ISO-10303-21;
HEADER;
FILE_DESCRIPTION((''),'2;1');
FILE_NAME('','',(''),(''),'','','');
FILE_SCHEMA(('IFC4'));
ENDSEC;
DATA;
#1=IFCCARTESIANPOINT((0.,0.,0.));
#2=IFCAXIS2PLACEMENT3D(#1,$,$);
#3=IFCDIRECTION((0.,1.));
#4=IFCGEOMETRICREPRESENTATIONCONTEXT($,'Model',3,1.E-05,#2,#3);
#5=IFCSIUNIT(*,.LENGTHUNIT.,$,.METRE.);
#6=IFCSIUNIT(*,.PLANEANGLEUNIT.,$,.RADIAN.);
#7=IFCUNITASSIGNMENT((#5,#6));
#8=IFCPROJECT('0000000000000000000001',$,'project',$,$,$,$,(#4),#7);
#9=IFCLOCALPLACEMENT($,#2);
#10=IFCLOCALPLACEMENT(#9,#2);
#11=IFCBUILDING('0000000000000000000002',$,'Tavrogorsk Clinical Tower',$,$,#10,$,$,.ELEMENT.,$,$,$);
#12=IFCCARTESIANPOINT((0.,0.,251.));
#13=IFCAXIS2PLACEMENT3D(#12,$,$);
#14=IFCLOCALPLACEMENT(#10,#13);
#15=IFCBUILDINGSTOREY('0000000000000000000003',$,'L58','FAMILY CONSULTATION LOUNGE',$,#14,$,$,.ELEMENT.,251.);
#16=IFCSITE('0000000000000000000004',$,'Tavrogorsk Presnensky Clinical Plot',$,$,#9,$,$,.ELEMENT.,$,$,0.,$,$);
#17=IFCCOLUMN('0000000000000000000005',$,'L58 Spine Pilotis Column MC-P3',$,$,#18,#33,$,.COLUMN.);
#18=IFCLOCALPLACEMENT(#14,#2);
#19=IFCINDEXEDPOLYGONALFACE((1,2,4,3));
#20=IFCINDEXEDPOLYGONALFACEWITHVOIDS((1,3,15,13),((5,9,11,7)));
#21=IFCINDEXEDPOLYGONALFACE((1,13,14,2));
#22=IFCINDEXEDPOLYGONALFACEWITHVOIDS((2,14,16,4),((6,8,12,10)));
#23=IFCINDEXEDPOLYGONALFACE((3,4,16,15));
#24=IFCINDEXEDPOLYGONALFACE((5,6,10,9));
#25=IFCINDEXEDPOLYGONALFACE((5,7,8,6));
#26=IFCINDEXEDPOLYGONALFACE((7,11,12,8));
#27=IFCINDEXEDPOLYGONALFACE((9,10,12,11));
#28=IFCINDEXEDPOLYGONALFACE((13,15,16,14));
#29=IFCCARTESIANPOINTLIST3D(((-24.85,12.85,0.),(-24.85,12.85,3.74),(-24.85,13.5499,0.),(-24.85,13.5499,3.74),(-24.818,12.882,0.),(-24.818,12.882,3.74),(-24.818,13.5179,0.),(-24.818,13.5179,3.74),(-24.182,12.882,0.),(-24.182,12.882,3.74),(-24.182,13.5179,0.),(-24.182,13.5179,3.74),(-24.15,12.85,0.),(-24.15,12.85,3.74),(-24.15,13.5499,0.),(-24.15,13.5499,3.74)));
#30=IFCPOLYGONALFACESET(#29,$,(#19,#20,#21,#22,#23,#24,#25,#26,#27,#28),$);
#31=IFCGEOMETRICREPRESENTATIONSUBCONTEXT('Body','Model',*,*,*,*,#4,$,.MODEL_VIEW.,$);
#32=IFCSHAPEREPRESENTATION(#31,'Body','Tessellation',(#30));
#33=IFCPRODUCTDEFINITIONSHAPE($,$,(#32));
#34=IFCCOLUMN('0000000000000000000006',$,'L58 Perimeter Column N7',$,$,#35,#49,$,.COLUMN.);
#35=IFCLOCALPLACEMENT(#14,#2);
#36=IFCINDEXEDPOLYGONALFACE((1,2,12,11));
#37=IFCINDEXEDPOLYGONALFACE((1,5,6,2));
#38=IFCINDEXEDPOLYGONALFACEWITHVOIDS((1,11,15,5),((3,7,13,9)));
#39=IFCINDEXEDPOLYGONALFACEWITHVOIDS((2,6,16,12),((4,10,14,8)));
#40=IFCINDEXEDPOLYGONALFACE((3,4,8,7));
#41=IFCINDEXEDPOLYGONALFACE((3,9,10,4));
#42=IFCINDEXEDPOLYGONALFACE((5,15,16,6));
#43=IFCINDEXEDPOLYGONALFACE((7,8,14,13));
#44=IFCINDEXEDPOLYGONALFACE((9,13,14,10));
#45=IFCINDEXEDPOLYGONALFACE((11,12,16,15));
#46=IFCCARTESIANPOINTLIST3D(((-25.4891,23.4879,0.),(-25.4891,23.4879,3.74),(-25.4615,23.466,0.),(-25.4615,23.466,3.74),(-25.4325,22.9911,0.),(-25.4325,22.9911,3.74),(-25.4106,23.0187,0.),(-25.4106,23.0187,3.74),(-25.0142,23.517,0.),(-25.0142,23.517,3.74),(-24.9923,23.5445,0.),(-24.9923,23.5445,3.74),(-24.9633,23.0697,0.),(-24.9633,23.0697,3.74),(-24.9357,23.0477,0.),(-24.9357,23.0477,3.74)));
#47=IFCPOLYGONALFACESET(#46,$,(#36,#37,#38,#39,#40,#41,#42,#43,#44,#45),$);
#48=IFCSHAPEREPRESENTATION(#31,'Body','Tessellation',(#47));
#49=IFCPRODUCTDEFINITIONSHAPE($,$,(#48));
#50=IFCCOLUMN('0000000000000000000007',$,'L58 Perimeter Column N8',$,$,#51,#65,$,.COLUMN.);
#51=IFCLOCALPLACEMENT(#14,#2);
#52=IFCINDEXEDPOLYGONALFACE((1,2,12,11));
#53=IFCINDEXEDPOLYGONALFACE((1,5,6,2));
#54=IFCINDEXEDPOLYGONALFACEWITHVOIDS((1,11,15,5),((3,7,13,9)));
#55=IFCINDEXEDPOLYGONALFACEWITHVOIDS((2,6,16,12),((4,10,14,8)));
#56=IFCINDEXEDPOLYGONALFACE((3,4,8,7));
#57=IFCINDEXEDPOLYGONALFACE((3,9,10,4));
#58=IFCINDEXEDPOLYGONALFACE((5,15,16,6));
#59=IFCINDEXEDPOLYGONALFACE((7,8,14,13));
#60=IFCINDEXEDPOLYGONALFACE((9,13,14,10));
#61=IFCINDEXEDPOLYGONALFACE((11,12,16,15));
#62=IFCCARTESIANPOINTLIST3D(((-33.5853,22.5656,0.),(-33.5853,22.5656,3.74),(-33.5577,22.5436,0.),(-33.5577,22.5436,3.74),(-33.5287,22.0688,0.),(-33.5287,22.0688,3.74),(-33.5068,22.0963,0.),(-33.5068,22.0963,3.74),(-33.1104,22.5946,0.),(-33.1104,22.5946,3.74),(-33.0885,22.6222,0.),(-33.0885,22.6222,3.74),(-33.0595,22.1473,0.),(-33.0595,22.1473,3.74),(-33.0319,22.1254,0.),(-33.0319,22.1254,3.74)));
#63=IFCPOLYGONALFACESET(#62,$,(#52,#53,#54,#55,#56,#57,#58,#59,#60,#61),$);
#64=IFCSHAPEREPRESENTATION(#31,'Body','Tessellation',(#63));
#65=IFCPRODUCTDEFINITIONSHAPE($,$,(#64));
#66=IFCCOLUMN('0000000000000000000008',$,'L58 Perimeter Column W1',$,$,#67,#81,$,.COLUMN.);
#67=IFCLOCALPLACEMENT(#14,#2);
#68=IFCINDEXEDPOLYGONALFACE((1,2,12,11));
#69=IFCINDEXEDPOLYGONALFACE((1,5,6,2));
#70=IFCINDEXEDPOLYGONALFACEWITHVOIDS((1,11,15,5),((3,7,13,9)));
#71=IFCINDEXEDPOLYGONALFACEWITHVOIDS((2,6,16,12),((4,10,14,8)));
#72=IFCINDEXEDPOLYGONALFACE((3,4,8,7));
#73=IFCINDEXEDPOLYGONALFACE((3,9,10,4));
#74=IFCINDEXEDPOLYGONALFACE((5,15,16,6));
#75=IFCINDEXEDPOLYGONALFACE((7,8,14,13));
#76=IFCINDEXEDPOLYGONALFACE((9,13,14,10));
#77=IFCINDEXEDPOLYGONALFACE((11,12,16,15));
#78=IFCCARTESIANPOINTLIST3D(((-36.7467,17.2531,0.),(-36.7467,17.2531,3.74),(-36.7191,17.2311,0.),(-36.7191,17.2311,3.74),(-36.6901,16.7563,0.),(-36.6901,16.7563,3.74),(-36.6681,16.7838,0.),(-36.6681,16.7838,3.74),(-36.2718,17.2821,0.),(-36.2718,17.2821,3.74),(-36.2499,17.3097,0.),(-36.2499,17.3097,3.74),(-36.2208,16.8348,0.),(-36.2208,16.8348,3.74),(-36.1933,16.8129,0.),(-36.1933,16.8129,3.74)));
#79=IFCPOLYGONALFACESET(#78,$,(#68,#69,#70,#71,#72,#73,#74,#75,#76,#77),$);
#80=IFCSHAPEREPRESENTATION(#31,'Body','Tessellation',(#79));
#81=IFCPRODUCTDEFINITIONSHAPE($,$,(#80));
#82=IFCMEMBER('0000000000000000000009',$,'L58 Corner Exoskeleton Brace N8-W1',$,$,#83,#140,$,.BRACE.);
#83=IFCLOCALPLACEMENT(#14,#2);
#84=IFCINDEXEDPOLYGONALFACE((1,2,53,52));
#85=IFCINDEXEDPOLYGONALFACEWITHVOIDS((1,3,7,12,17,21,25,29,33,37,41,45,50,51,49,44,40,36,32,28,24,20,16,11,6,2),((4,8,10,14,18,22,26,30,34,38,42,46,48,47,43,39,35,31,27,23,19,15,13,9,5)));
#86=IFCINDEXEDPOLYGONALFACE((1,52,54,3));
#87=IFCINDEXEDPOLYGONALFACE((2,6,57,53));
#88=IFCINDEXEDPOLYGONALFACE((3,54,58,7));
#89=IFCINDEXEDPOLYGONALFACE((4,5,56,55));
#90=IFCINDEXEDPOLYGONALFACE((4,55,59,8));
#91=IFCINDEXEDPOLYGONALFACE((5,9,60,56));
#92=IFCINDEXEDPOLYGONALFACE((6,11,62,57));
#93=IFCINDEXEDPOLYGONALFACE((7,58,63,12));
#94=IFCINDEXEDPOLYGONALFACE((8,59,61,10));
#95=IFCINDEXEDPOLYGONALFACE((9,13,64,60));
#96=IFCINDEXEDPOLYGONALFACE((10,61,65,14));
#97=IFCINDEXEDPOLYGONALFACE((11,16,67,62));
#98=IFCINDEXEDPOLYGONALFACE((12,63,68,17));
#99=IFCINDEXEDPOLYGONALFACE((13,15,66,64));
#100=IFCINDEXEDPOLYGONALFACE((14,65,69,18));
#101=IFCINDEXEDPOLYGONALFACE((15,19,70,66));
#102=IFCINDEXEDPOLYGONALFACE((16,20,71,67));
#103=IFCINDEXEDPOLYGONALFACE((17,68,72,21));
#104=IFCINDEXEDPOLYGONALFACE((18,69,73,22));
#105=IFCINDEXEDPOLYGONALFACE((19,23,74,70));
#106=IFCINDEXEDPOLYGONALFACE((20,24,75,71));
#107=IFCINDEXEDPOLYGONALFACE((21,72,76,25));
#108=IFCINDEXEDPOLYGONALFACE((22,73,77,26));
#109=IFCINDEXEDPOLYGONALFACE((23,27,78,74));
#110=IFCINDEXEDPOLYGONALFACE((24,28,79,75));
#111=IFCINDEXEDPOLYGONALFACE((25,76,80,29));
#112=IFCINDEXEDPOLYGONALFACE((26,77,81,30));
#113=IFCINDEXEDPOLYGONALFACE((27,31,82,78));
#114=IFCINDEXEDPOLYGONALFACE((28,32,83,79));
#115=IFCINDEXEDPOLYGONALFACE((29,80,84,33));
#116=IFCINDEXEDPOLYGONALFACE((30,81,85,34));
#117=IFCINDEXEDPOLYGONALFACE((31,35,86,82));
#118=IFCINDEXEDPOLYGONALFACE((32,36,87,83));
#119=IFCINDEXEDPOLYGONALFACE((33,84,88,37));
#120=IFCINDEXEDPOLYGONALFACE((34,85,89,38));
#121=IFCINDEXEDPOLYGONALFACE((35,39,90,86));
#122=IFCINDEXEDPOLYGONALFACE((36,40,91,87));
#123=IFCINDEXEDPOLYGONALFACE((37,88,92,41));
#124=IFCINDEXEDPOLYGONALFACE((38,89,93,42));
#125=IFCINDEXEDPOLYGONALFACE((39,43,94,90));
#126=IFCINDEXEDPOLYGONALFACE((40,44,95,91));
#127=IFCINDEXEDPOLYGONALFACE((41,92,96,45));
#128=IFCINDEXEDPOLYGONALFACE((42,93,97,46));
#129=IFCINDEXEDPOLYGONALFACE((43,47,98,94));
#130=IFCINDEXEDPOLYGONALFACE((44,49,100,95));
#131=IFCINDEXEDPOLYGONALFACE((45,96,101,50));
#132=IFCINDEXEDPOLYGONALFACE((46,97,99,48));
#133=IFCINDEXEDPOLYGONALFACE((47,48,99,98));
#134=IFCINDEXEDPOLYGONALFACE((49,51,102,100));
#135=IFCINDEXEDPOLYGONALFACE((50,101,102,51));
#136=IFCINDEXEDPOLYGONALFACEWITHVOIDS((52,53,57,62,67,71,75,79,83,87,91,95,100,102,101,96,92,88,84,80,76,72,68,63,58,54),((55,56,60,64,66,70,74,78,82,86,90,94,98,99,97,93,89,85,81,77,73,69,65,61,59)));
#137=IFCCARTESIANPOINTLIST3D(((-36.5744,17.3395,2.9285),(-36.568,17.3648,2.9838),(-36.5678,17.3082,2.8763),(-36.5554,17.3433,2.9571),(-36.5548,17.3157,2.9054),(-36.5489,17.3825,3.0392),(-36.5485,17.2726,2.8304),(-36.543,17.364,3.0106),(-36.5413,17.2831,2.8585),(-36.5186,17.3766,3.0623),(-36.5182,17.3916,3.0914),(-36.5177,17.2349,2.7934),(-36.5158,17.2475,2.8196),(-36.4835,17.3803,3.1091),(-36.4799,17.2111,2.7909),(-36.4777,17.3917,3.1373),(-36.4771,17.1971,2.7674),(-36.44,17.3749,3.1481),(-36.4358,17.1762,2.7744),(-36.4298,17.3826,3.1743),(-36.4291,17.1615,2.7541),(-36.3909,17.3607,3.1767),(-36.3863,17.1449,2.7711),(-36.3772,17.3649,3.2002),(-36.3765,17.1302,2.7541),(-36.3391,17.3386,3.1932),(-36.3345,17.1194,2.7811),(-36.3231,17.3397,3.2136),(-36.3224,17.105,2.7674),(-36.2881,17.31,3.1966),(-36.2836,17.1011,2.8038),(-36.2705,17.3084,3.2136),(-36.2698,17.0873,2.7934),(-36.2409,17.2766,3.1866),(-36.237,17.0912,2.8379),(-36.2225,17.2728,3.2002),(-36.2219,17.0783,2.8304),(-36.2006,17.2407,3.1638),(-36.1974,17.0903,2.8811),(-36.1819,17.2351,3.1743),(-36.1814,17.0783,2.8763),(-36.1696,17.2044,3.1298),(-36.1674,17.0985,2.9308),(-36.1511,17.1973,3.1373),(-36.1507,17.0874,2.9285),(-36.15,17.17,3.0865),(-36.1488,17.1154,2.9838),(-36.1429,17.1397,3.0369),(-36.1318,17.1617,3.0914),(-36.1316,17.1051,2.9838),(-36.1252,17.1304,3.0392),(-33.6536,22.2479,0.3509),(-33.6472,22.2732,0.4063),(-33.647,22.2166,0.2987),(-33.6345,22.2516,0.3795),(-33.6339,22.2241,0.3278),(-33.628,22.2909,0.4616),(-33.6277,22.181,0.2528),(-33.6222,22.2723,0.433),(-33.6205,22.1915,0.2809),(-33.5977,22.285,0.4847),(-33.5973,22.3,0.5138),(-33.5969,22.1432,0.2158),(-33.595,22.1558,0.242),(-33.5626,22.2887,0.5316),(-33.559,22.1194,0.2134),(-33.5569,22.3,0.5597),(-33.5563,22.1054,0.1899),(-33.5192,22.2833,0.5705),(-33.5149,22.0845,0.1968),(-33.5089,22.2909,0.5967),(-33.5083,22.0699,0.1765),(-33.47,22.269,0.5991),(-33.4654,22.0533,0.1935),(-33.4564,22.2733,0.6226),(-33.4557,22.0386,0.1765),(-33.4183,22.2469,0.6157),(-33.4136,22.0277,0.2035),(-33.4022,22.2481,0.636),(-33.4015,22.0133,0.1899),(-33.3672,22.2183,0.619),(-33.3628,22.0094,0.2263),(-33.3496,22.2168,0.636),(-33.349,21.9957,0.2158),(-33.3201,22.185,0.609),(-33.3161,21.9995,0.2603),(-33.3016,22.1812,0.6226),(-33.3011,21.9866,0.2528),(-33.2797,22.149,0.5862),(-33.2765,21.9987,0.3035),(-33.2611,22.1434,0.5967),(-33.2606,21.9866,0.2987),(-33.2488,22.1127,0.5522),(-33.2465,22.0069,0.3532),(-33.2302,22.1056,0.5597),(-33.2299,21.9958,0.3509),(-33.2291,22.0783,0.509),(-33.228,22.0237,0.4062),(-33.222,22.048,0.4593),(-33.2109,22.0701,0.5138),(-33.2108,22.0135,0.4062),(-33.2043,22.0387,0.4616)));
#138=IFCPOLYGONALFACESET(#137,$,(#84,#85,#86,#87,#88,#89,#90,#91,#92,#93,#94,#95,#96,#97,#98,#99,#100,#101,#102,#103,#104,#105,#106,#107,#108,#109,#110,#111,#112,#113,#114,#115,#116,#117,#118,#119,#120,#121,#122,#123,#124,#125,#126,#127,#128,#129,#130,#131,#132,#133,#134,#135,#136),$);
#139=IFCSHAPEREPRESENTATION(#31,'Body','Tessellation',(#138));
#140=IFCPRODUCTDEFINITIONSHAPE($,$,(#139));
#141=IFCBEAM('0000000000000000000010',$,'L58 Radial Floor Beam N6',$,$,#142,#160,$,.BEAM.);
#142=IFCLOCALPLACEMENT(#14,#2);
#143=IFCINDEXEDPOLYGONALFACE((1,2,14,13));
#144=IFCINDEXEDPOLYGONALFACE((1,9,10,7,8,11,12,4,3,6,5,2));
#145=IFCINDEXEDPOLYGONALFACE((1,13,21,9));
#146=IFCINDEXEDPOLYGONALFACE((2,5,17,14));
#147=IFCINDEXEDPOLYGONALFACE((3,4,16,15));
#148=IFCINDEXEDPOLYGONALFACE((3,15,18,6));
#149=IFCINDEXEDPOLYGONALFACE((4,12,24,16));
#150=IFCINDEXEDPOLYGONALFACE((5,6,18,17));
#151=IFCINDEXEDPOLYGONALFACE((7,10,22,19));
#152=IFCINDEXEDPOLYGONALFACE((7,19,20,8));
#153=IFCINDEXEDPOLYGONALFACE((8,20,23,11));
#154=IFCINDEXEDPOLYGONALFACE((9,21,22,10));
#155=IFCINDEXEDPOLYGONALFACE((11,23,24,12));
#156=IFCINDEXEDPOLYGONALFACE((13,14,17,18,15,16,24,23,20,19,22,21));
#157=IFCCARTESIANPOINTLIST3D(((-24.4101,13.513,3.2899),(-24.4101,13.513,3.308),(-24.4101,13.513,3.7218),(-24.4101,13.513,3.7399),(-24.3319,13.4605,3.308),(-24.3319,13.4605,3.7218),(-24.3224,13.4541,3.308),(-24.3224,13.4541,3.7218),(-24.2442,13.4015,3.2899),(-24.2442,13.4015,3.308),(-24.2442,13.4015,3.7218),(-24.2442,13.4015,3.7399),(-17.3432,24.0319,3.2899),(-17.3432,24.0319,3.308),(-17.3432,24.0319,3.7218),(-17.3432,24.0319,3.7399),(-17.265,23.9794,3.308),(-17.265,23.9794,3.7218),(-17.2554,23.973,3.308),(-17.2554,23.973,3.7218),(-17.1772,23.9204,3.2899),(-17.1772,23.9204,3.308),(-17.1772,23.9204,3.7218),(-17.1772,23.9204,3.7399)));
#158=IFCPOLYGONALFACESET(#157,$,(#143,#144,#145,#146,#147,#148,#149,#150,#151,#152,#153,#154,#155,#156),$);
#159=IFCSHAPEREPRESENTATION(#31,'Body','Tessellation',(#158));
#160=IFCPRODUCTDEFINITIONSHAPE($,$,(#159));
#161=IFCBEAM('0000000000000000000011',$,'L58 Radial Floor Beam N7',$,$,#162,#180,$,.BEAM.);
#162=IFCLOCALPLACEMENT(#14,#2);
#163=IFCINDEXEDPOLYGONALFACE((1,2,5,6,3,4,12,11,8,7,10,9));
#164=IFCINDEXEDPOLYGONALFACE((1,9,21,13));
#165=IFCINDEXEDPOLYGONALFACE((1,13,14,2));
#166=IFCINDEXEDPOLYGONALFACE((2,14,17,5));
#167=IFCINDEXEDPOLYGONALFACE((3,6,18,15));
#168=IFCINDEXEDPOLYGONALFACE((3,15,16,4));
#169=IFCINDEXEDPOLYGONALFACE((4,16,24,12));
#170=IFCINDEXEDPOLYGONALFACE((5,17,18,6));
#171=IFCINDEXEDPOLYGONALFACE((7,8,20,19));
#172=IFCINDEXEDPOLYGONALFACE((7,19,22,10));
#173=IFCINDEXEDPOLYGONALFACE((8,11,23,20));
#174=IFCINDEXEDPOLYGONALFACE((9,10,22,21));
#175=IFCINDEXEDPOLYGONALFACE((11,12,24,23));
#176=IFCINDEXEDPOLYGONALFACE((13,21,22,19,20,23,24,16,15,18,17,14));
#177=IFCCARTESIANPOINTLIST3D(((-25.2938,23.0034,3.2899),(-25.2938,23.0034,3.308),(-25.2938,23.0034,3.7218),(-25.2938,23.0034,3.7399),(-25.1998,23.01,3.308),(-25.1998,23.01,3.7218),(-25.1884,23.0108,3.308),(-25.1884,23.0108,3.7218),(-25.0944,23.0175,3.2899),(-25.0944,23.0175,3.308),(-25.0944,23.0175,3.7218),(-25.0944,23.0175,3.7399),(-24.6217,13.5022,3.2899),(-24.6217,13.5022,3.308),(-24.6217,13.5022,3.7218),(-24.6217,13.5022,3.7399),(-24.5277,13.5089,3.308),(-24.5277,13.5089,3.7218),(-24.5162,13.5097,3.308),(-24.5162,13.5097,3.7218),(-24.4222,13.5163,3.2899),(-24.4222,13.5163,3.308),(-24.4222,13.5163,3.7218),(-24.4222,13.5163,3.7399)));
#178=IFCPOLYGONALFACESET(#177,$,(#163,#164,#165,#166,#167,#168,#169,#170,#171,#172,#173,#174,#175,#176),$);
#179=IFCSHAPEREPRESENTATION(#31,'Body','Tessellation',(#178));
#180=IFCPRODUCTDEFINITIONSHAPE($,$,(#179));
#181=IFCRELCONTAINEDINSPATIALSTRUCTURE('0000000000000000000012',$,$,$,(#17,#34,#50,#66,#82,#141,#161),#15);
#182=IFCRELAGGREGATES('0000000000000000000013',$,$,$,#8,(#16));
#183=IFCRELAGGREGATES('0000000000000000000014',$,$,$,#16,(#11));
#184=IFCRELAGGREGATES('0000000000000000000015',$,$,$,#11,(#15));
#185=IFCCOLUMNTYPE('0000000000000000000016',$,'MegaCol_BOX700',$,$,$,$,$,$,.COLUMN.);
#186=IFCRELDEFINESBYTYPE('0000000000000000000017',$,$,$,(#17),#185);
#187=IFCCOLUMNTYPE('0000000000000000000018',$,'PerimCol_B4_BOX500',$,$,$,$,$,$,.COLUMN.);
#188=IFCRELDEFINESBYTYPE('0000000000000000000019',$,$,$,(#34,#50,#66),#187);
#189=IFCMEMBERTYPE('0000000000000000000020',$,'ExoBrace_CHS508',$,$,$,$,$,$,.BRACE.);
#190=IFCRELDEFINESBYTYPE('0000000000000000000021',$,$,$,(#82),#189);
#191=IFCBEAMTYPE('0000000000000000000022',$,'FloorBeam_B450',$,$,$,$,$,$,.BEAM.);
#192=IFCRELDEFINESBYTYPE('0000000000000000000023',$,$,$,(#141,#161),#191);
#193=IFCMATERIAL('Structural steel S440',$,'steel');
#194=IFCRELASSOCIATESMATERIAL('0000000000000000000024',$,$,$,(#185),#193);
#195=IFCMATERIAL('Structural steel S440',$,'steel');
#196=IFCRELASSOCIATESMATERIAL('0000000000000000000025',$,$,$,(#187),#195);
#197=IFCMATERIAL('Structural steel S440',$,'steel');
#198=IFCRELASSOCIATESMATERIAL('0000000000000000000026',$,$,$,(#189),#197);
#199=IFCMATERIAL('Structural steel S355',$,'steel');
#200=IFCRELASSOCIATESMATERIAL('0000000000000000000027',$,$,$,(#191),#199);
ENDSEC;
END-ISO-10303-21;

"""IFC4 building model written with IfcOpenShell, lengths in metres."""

from ifc_helpers import new_model, si_unit, direction, frame, origin, origin_2d, place, context, subcontext, project, spatial, hollow_rectangle, hollow_circle, i_section, extrude, material, material_profile, profile_set, type_object, element, save


model = new_model("IFC4")

# Units and contexts
model_context = context("Model", 3, precision=1e-05, world=origin(), true_north=direction((0.0, 1.0)))
body_context = subcontext(model_context, "Body", "Model", "MODEL_VIEW")
ifc_project = project(units=[si_unit("LENGTHUNIT", "METRE"), si_unit("PLANEANGLEUNIT", "RADIAN")], contexts=[model_context])

# Site, building, storey
site_placement = place(None, origin())
site = spatial("IfcSite", under=ifc_project, at=site_placement, Name="Tavrogorsk Presnensky Clinical Plot", CompositionType="ELEMENT", RefElevation=0.0)
building_placement = place(site_placement, origin())
building = spatial("IfcBuilding", under=site, at=building_placement, Name="Tavrogorsk Clinical Tower", CompositionType="ELEMENT")
storey_placement = place(building_placement, frame((0.0, 0.0, 251.0)))
storey = spatial("IfcBuildingStorey", under=building, at=storey_placement, Name="L58", Description="FAMILY CONSULTATION LOUNGE", CompositionType="ELEMENT", Elevation=251.0)

# Columns
ifc_material_1 = material(Name="Structural steel S440", Category="steel")
ifc_material_profile_1 = material_profile(ifc_material_1, hollow_rectangle(XDim=0.7, YDim=0.7, WallThickness=0.032, at=origin_2d()), Name="BOX-700x700x32")
ifc_profile_set_1 = profile_set([ifc_material_profile_1], Name="Structural steel S440")
column_type_1 = type_object("IfcColumnType", Name="MegaCol_BOX700", PredefinedType="COLUMN", material=ifc_profile_set_1)
column_placement = place(storey_placement, frame((-24.5, 13.2, 0.0), z_axis=(0.0, 0.0, 1.0), x_axis=(1.0, 0.0, 0.0)))
element("IfcColumn", 1, at=column_placement, inside=storey, type_object=column_type_1, Name="L58 Spine Pilotis Column MC-P3", PredefinedType="COLUMN", context=body_context, shape_type="SweptSolid", body=[
    extrude(hollow_rectangle(XDim=0.7, YDim=0.7, WallThickness=0.032, at=origin_2d()), origin(), (0.0, 0.0, 1.0), 3.74),
])
ifc_material_2 = material(Name="Structural steel S440", Category="steel")
ifc_material_profile_2 = material_profile(ifc_material_2, hollow_rectangle(XDim=0.5, YDim=0.5, WallThickness=0.0249, at=origin_2d()), Name="BOX-500x500x25")
ifc_profile_set_2 = profile_set([ifc_material_profile_2], Name="Structural steel S440")
column_type_2 = type_object("IfcColumnType", Name="PerimCol_B4_BOX500", PredefinedType="COLUMN", material=ifc_profile_set_2)
for number, where, z_axis, x_axis, name in (
    (2, (-25.2124, 23.2678, 0.0), (0.0, 0.0, 1.0), (0.993572, 0.113203, 0.0), "L58 Perimeter Column N7"),
    (3, (-33.3086, 22.3455, 0.0), (0.0, 0.0, 1.0), (0.993572, 0.113203, 0.0), "L58 Perimeter Column N8"),
    (4, (-36.47, 17.033, 0.0), (0.0, 0.0, 1.0), (0.993572, 0.113203, 0.0), "L58 Perimeter Column W1"),
):
    element("IfcColumn", number, at=place(storey_placement, frame(where, z_axis=z_axis, x_axis=x_axis)), inside=storey, type_object=column_type_2, Name=name, PredefinedType="COLUMN", context=body_context, shape_type="SweptSolid", body=[
        extrude(hollow_rectangle(XDim=0.5, YDim=0.5, WallThickness=0.0249, at=origin_2d()), origin(), (0.0, 0.0, 1.0), 3.74),
    ])

# Member
ifc_material_3 = material(Name="Structural steel S440", Category="steel")
ifc_material_profile_3 = material_profile(ifc_material_3, hollow_circle(Radius=0.2539, WallThickness=0.02, at=origin_2d()), Name="CHS-508x20")
ifc_profile_set_3 = profile_set([ifc_material_profile_3], Name="Structural steel S440")
member_type = type_object("IfcMemberType", Name="ExoBrace_CHS508", PredefinedType="BRACE", material=ifc_profile_set_3)
member_placement = place(storey_placement, frame((-33.429, 22.1433, 0.4062), z_axis=(-0.466115, -0.783287, 0.411338), x_axis=(0.859354, -0.511381, 0.0)))
element("IfcMember", 5, at=member_placement, inside=storey, type_object=member_type, Name="L58 Corner Exoskeleton Brace N8-W1", PredefinedType="BRACE", context=body_context, shape_type="SweptSolid", body=[
    extrude(hollow_circle(Radius=0.2539, WallThickness=0.02, at=origin_2d()), origin(), (0.0, 0.0, 1.0), 6.2664),
])

# Beams
ifc_material_4 = material(Name="Structural steel S355", Category="steel")
ifc_material_profile_4 = material_profile(ifc_material_4, i_section(OverallWidth=0.2, OverallDepth=0.45, WebThickness=0.0115, FlangeThickness=0.0181, at=origin_2d()), Name="B-450x200x11.5x18")
ifc_profile_set_4 = profile_set([ifc_material_profile_4], Name="Structural steel S355")
beam_type_1 = type_object("IfcBeamType", Name="FloorBeam_B450", PredefinedType="BEAM", material=ifc_profile_set_4)
beam_1_placement = place(storey_placement, frame((-24.3271, 13.4573, 3.5149), z_axis=(0.557667, 0.830065, 0.0), x_axis=(-0.830065, 0.557667, 0.0)))
element("IfcBeam", 6, at=beam_1_placement, inside=storey, type_object=beam_type_1, Name="L58 Radial Floor Beam N6", PredefinedType="BEAM", context=body_context, shape_type="SweptSolid", body=[
    extrude(i_section(OverallWidth=0.2, OverallDepth=0.45, WebThickness=0.0115, FlangeThickness=0.0181, at=origin_2d()), origin(), (0.0, 0.0, 1.0), 12.6724),
])
beam_2_placement = place(storey_placement, frame((-24.522, 13.5093, 3.5149), z_axis=(-0.070564, 0.997507, 0.0), x_axis=(-0.997507, -0.070564, 0.0)))
element("IfcBeam", 7, at=beam_2_placement, inside=storey, type_object=beam_type_1, Name="L58 Radial Floor Beam N7", PredefinedType="BEAM", context=body_context, shape_type="SweptSolid", body=[
    extrude(i_section(OverallWidth=0.2, OverallDepth=0.45, WebThickness=0.0115, FlangeThickness=0.0181, at=origin_2d()), origin(), (0.0, 0.0, 1.0), 9.5249),
])

save(model, "model.ifc")
